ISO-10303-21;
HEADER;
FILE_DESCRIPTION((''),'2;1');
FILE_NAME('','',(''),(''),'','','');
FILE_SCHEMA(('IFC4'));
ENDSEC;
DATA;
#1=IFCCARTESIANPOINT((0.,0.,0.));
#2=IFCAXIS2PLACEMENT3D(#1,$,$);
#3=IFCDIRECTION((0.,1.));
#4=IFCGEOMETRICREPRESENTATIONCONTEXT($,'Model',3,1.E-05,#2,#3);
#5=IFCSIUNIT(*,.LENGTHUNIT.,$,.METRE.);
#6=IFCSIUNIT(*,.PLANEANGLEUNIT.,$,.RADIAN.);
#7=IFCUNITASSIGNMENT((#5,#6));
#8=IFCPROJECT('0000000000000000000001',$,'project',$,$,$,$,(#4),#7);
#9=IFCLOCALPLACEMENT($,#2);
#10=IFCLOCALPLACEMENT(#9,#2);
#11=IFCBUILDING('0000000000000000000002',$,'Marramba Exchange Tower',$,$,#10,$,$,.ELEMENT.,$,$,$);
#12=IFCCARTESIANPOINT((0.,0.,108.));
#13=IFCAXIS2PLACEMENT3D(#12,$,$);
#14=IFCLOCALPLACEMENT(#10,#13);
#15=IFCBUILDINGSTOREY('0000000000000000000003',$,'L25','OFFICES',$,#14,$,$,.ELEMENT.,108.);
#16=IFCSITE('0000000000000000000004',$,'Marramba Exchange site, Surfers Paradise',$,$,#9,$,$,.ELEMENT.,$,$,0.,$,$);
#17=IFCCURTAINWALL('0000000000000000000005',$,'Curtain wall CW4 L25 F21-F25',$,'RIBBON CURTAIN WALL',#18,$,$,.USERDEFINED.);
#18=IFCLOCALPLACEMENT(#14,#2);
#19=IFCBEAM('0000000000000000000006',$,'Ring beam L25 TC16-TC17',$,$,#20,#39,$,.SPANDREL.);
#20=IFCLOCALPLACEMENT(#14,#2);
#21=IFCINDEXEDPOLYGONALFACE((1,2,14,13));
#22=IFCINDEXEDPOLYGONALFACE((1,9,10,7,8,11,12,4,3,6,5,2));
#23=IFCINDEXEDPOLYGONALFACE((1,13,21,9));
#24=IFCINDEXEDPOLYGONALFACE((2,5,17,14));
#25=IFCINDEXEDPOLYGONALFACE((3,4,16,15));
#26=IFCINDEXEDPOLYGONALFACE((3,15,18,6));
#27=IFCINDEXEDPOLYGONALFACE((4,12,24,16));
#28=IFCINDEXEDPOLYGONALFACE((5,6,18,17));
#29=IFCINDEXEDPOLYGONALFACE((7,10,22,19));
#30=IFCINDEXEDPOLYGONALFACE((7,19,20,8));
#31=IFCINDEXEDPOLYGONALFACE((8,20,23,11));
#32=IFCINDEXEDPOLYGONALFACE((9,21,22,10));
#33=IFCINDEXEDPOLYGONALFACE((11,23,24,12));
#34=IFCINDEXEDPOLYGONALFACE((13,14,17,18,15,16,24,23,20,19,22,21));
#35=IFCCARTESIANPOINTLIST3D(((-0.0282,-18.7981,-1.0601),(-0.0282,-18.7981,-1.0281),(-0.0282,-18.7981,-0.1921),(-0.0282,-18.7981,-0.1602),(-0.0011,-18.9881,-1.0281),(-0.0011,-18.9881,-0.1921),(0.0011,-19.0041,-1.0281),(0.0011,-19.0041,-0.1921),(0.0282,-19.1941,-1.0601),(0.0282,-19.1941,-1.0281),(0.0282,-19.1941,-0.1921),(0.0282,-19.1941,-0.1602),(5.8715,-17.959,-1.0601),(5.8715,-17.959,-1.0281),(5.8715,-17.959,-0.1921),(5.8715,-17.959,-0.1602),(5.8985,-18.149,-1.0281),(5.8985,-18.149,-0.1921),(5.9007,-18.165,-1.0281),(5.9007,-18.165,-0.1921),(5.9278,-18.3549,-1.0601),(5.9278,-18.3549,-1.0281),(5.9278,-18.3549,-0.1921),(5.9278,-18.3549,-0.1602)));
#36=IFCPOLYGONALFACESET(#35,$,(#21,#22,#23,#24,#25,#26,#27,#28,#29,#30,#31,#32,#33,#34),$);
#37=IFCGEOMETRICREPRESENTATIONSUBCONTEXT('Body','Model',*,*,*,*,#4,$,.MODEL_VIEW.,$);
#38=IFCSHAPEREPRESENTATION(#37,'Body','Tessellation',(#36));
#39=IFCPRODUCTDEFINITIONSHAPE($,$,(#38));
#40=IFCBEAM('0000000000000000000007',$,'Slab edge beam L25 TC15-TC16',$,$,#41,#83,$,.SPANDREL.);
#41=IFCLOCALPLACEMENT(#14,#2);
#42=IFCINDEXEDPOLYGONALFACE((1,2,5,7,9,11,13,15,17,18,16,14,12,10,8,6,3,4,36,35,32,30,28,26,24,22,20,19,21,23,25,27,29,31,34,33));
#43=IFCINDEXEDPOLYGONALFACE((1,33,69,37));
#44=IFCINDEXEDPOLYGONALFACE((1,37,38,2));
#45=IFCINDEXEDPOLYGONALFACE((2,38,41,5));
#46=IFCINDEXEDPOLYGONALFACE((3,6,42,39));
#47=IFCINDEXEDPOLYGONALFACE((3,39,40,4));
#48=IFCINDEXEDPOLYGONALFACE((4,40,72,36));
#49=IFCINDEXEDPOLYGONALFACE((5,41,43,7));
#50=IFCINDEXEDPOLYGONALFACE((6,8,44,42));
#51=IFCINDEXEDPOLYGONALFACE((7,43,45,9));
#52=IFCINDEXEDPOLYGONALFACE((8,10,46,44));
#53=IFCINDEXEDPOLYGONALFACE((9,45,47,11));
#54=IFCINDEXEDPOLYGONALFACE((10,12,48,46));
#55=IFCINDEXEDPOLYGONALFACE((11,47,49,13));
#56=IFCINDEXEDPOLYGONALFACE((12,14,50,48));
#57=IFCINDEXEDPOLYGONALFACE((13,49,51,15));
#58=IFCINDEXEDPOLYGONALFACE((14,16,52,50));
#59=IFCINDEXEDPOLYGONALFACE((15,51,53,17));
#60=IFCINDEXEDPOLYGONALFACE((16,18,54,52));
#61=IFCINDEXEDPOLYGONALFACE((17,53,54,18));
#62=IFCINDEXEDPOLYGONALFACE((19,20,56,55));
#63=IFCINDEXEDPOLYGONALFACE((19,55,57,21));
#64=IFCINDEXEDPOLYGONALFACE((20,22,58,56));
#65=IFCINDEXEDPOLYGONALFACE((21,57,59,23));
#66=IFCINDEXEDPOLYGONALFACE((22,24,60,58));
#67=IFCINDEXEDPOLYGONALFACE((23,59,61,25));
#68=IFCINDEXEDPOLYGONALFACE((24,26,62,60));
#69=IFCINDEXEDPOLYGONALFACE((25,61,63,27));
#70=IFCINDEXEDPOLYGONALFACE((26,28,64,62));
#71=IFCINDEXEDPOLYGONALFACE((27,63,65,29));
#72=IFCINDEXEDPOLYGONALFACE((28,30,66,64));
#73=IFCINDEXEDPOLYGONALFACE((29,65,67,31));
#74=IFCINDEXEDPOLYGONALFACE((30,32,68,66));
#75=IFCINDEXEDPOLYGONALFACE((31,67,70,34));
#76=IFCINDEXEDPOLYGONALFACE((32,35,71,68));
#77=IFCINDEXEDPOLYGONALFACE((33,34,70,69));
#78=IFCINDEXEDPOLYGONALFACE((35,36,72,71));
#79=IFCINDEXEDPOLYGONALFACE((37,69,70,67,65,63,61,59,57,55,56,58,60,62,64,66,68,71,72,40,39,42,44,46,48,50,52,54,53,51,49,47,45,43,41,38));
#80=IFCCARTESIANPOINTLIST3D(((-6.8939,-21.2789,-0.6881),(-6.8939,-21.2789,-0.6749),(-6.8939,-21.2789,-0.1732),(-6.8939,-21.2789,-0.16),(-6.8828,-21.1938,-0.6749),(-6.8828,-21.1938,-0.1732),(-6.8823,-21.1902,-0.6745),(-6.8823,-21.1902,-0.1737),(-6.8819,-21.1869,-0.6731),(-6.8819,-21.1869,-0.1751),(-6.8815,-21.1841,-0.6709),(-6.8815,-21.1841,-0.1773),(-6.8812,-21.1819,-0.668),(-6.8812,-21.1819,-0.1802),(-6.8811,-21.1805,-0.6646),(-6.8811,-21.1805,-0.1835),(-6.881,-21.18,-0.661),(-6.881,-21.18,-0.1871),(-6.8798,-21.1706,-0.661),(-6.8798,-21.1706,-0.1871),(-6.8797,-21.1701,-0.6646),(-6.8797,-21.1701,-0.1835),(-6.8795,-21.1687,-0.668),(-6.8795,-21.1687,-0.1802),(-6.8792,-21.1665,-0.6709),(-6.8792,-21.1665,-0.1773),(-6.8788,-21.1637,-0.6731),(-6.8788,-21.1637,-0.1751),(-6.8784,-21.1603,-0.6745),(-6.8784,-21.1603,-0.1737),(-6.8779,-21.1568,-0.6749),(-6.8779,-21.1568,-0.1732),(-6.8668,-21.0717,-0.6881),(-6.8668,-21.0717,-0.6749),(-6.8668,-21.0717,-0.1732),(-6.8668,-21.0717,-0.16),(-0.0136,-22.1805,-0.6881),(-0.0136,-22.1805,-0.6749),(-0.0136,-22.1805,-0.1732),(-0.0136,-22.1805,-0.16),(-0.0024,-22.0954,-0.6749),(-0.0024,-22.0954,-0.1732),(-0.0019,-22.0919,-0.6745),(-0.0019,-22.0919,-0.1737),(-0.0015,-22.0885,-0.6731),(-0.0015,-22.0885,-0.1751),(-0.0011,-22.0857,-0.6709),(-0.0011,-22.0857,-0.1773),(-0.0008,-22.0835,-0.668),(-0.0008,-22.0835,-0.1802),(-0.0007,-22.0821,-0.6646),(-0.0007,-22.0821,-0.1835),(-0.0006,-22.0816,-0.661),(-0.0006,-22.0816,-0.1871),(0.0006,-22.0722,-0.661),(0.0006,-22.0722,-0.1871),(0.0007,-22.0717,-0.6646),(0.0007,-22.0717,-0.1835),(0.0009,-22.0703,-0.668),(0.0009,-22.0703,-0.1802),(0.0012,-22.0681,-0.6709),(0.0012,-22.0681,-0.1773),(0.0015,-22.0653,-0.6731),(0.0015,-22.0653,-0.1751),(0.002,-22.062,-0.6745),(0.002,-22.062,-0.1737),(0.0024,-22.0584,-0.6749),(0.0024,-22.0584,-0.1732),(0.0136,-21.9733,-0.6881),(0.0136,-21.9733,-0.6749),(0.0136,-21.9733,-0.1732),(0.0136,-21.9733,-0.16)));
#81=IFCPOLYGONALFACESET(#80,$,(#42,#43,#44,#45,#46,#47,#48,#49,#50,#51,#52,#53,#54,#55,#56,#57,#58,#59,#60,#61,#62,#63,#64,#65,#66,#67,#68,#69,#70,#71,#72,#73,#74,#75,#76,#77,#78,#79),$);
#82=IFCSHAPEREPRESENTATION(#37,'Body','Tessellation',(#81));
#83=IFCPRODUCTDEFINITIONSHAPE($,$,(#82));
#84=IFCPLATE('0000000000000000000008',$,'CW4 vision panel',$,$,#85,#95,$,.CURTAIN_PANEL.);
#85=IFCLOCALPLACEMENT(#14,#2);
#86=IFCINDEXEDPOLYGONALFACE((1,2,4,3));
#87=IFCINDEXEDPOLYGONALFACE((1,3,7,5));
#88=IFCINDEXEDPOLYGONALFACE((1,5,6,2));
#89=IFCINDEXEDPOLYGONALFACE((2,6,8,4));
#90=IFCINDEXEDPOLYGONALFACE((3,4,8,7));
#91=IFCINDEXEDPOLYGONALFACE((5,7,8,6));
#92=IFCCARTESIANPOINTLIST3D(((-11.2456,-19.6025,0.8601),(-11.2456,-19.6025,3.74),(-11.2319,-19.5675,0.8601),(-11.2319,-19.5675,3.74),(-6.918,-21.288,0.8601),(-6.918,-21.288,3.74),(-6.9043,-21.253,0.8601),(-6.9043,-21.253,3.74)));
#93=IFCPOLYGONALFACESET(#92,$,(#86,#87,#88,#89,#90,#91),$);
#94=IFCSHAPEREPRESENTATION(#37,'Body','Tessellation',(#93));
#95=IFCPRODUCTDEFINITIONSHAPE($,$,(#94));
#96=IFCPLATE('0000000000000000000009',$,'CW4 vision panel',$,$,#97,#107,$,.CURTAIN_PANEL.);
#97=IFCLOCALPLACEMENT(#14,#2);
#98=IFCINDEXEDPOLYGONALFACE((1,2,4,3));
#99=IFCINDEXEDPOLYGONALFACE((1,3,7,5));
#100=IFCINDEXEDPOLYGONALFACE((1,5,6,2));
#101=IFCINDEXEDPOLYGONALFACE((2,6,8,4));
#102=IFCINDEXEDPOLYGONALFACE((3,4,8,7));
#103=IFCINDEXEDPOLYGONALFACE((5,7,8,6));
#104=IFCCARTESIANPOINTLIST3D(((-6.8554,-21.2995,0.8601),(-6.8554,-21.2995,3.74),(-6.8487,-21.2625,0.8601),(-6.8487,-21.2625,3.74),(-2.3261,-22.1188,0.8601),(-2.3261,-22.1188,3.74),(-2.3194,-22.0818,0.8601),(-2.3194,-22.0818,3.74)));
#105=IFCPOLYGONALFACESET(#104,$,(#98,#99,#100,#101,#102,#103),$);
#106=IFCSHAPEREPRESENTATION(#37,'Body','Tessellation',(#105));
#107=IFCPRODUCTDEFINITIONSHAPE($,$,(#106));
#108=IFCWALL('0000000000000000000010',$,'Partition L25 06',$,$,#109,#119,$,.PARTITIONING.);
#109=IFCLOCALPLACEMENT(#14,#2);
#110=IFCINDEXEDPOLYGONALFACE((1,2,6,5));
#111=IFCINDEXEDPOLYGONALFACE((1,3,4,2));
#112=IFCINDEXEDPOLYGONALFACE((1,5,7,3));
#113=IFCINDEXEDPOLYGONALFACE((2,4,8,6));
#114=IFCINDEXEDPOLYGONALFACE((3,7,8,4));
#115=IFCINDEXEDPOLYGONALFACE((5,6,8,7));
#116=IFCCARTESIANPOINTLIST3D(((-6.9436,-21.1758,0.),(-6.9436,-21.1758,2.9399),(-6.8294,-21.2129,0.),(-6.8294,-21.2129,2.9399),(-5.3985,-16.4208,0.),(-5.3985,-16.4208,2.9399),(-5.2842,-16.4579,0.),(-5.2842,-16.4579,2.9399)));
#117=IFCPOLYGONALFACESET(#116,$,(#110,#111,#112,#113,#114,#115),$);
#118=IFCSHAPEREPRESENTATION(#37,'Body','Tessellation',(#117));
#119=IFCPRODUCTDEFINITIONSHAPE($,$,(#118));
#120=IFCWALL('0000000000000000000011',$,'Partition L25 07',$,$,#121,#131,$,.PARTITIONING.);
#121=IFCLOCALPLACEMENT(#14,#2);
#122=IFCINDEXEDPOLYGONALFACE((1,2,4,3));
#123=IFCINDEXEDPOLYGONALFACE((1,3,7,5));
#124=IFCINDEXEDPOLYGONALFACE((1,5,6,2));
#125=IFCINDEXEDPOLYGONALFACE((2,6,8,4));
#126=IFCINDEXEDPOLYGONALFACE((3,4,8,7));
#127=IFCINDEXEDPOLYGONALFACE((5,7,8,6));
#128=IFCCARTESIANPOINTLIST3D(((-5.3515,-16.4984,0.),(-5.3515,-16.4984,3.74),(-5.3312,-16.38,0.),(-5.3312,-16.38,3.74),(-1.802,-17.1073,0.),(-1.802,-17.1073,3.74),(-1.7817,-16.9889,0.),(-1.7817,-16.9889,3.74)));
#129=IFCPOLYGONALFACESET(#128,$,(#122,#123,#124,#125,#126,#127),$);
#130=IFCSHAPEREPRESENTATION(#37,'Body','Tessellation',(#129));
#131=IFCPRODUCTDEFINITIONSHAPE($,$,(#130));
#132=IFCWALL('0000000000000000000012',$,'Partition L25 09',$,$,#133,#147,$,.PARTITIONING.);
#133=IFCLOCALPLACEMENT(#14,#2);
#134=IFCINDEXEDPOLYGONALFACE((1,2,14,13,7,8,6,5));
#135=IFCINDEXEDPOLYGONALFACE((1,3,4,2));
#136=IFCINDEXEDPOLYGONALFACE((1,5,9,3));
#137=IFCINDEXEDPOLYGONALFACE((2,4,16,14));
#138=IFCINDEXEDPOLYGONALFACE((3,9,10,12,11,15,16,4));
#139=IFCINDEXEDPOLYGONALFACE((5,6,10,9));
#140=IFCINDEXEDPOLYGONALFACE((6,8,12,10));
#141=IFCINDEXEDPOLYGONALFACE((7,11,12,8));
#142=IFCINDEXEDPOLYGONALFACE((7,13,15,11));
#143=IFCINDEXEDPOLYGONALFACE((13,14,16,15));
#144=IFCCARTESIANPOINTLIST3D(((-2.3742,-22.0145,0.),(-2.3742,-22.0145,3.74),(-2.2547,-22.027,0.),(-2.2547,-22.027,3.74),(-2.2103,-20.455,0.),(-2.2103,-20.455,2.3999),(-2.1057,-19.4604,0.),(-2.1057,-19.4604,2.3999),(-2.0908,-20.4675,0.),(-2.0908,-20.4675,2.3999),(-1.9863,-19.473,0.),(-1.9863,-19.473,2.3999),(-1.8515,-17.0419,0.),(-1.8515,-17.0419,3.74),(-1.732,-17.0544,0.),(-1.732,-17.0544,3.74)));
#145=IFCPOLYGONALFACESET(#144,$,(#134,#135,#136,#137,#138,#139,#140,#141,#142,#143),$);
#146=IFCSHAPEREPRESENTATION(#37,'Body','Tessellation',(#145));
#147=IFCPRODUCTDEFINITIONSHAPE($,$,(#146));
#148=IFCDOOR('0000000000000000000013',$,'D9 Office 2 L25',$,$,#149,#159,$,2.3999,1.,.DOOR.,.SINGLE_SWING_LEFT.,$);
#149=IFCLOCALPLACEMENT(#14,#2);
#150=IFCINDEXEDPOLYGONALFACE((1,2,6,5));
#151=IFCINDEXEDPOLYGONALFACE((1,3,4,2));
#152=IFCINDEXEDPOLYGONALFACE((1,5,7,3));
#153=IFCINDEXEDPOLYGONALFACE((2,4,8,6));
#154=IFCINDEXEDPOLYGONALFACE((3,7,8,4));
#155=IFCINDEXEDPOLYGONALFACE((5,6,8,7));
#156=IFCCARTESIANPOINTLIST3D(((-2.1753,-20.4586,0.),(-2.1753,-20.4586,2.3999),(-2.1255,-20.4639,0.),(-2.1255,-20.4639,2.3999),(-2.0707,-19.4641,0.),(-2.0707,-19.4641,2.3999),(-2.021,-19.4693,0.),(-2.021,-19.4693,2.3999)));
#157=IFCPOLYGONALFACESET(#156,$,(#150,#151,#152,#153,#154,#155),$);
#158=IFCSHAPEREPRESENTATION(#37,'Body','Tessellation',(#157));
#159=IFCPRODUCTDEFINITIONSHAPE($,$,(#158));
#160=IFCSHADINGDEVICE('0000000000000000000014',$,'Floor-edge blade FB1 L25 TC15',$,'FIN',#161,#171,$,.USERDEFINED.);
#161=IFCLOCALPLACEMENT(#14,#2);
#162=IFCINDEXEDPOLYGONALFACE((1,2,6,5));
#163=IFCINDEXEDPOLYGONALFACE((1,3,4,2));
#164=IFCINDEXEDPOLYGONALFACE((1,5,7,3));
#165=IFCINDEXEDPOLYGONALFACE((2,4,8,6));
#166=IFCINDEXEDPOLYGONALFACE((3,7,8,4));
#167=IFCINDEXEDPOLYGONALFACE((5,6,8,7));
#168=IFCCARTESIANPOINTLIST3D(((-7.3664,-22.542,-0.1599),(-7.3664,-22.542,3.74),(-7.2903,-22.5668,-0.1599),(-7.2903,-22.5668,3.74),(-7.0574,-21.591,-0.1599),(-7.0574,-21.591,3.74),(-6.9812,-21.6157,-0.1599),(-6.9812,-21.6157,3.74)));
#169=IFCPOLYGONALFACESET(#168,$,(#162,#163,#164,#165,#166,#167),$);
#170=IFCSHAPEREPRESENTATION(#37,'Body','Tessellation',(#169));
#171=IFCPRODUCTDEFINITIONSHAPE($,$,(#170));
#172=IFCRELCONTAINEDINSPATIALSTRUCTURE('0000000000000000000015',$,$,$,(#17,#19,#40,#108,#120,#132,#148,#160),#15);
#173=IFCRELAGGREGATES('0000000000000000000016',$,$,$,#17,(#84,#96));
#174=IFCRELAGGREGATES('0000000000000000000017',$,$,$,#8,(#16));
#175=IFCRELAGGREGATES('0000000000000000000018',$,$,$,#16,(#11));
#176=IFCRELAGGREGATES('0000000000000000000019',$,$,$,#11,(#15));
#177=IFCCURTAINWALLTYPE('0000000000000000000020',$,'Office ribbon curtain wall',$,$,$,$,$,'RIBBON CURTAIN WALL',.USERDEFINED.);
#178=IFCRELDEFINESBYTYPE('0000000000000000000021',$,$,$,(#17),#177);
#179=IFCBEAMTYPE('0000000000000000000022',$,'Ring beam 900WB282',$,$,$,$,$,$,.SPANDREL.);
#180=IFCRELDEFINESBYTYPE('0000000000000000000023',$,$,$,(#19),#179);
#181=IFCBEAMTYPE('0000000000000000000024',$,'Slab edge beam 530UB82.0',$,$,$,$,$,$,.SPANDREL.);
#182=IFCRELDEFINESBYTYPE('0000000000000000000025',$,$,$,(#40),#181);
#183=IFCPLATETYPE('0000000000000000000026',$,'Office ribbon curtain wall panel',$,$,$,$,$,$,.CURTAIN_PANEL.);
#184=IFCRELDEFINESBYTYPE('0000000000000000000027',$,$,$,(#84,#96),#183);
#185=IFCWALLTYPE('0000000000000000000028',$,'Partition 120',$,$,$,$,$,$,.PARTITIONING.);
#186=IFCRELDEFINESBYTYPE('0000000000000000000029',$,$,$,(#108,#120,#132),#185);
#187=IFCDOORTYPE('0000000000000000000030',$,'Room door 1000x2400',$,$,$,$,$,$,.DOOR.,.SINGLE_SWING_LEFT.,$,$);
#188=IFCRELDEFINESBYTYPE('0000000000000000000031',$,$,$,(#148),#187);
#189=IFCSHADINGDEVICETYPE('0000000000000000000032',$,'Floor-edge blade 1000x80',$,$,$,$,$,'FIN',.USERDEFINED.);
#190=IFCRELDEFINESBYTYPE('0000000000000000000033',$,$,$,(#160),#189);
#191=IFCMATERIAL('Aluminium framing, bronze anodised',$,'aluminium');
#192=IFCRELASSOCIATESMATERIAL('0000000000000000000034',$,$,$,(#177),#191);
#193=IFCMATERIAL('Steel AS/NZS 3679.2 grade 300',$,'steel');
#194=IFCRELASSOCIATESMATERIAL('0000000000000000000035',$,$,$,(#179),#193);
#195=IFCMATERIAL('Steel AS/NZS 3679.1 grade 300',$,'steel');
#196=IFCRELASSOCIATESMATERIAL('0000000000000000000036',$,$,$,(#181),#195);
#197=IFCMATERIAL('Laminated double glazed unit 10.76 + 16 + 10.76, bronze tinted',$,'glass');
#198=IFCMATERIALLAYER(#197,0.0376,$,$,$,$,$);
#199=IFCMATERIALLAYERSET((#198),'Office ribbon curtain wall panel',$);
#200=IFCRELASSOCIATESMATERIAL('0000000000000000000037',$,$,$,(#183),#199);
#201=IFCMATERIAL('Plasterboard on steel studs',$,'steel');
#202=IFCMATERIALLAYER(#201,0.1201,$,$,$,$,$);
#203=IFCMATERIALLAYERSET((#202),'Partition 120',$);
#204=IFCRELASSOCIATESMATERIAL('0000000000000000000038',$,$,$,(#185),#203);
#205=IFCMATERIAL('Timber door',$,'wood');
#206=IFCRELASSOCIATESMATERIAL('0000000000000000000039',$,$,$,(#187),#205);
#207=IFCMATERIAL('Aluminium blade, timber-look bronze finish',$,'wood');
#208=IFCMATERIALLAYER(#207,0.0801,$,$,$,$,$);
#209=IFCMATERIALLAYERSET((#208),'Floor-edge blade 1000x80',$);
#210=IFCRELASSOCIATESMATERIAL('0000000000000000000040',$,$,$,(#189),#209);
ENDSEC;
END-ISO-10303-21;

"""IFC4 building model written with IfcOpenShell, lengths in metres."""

from ifc_helpers import new_model, si_unit, direction, frame, frame_2d, origin, origin_2d, place, context, subcontext, project, spatial, rectangle, i_section, extrude, material, layer, layer_set, material_profile, profile_set, type_object, element, fill, aggregate, save


model = new_model("IFC4")

# Units and contexts
model_context = context("Model", 3, precision=1e-05, world=origin(), true_north=direction((0.0, 1.0)))
body_context = subcontext(model_context, "Body", "Model", "MODEL_VIEW")
ifc_project = project(units=[si_unit("LENGTHUNIT", "METRE"), si_unit("PLANEANGLEUNIT", "RADIAN")], contexts=[model_context])

# Site, building, storey
site_placement = place(None, origin())
site = spatial("IfcSite", under=ifc_project, at=site_placement, Name="Marramba Exchange site, Surfers Paradise", CompositionType="ELEMENT", RefElevation=0.0)
building_placement = place(site_placement, origin())
building = spatial("IfcBuilding", under=site, at=building_placement, Name="Marramba Exchange Tower", CompositionType="ELEMENT")
storey_placement = place(building_placement, frame((0.0, 0.0, 108.0)))
storey = spatial("IfcBuildingStorey", under=building, at=storey_placement, Name="L25", Description="OFFICES", CompositionType="ELEMENT", Elevation=108.0)

# Shared definitions
ifc_material_1 = material(Name="Steel AS/NZS 3679.2 grade 300", Category="steel")

# Curtain wall
ifc_material_2 = material(Name="Aluminium framing, bronze anodised", Category="aluminium")
curtain_wall_type = type_object("IfcCurtainWallType", Name="Office ribbon curtain wall", ElementType="RIBBON CURTAIN WALL", PredefinedType="USERDEFINED", material=ifc_material_2)
curtain_wall_placement = place(storey_placement, origin())
curtain_wall = element("IfcCurtainWall", 1, at=curtain_wall_placement, inside=storey, type_object=curtain_wall_type, Name="Curtain wall CW4 L25 F21-F25", ObjectType="RIBBON CURTAIN WALL", PredefinedType="USERDEFINED")

# Beams
ifc_material_profile_1 = material_profile(ifc_material_1, i_section(OverallWidth=0.3999, OverallDepth=0.8999, WebThickness=0.0161, FlangeThickness=0.032, at=origin_2d()), Name="900WB282")
ifc_profile_set_1 = profile_set([ifc_material_profile_1], Name="Steel AS/NZS 3679.2 grade 300")
beam_type_1 = type_object("IfcBeamType", Name="Ring beam 900WB282", PredefinedType="SPANDREL", material=ifc_profile_set_1)
for number, where, z_axis, x_axis, name in (
    (2, (0.0, -18.9961, -0.6101), (0.990036, 0.140813, 0.0), (-0.140813, 0.990036, 0.0), "Ring beam L25 TC16-TC17"),
):
    element("IfcBeam", number, at=place(storey_placement, frame(where, z_axis=z_axis, x_axis=x_axis)), inside=storey, type_object=beam_type_1, Name=name, PredefinedType="SPANDREL", context=body_context, shape_type="SweptSolid", body=[
        extrude(i_section(OverallWidth=0.3999, OverallDepth=0.8999, WebThickness=0.0161, FlangeThickness=0.032, at=origin_2d()), origin(), (0.0, 0.0, 1.0), 5.959),
    ])
ifc_material_3 = material(Name="Steel AS/NZS 3679.1 grade 300", Category="steel")
ifc_material_profile_2 = material_profile(ifc_material_3, i_section(OverallWidth=0.209, OverallDepth=0.5281, WebThickness=0.0095, FlangeThickness=0.0132, FilletRadius=0.0139, at=origin_2d()), Name="530UB82.0")
ifc_profile_set_2 = profile_set([ifc_material_profile_2], Name="Steel AS/NZS 3679.1 grade 300")
beam_type_2 = type_object("IfcBeamType", Name="Slab edge beam 530UB82.0", PredefinedType="SPANDREL", material=ifc_profile_set_2)
beam_1_placement = place(storey_placement, frame((-6.8804, -21.1753, -0.4241), z_axis=(0.991523, -0.12993, 0.0), x_axis=(0.12993, 0.991523, 0.0)))
element("IfcBeam", 3, at=beam_1_placement, inside=storey, type_object=beam_type_2, Name="Slab edge beam L25 TC15-TC16", PredefinedType="SPANDREL", context=body_context, shape_type="SweptSolid", body=[
    extrude(i_section(OverallWidth=0.209, OverallDepth=0.5281, WebThickness=0.0095, FlangeThickness=0.0132, FilletRadius=0.0139, at=origin_2d()), origin(), (0.0, 0.0, 1.0), 6.9392),
])

# Plates
ifc_material_4 = material(Name="Laminated double glazed unit 10.76 + 16 + 10.76, bronze tinted", Category="glass")
ifc_layer_1 = layer(ifc_material_4, 0.0376)
ifc_layer_set_1 = layer_set([ifc_layer_1], Name="Office ribbon curtain wall panel")
plate_type = type_object("IfcPlateType", Name="Office ribbon curtain wall panel", PredefinedType="CURTAIN_PANEL", material=ifc_layer_set_1)
plate_1_placement = place(storey_placement, frame((-9.075, -20.4277, 0.8601), z_axis=(0.0, 0.0, 1.0), x_axis=(0.931818, -0.362925, 0.0)))
plate_1 = element("IfcPlate", 4, at=plate_1_placement, type_object=plate_type, Name="CW4 vision panel", PredefinedType="CURTAIN_PANEL", context=body_context, shape_type="SweptSolid", body=[
    extrude(rectangle(XDim=4.6443, YDim=0.0376, at=origin_2d()), origin(), (0.0, 0.0, 1.0), 2.8799),
])
plate_2_placement = place(storey_placement, frame((-4.5874, -21.6907, 0.8601), z_axis=(0.0, 0.0, 1.0), x_axis=(0.984032, -0.177992, 0.0)))
plate_2 = element("IfcPlate", 5, at=plate_2_placement, type_object=plate_type, Name="CW4 vision panel", PredefinedType="CURTAIN_PANEL", context=body_context, shape_type="SweptSolid", body=[
    extrude(rectangle(XDim=4.6028, YDim=0.0376, at=origin_2d()), origin(), (0.0, 0.0, 1.0), 2.8799),
])
aggregate(curtain_wall, [plate_1, plate_2])

# Walls
ifc_material_5 = material(Name="Plasterboard on steel studs", Category="steel")
ifc_layer_2 = layer(ifc_material_5, 0.1201)
ifc_layer_set_2 = layer_set([ifc_layer_2], Name="Partition 120")
wall_type = type_object("IfcWallType", Name="Partition 120", PredefinedType="PARTITIONING", material=ifc_layer_set_2)
wall_1_placement = place(storey_placement, frame((-5.3413, -16.4392, 0.0), z_axis=(0.0, 0.0, 1.0), x_axis=(-0.309041, -0.951049, 0.0)))
element("IfcWall", 6, at=wall_1_placement, inside=storey, type_object=wall_type, Name="Partition L25 06", PredefinedType="PARTITIONING", context=body_context, shape_type="SweptSolid", body=[
    extrude(rectangle(XDim=4.9998, YDim=0.1201, at=frame_2d((2.5, 0.0))), origin(), (0.0, 0.0, 1.0), 2.9399),
])
wall_2_placement = place(storey_placement, frame((-1.7917, -17.0481, 0.0), z_axis=(0.0, 0.0, 1.0), x_axis=(-0.985604, 0.169069, 0.0)))
element("IfcWall", 7, at=wall_2_placement, inside=storey, type_object=wall_type, Name="Partition L25 07", PredefinedType="PARTITIONING", context=body_context, shape_type="SweptSolid", body=[
    extrude(rectangle(XDim=3.6013, YDim=0.1201, at=frame_2d((1.8008, 0.0))), origin(), (0.0, 0.0, 1.0), 3.74),
])

# Wall, opening, door
wall_3_placement = place(storey_placement, frame((-2.3145, -22.0208, 0.0), z_axis=(0.0, 0.0, 1.0), x_axis=(0.10454, 0.994521, 0.0)))
wall_3 = element("IfcWall", 8, at=wall_3_placement, inside=storey, type_object=wall_type, Name="Partition L25 09", PredefinedType="PARTITIONING", context=body_context, shape_type="SweptSolid", body=[
    extrude(rectangle(XDim=5.0, YDim=0.1201, at=frame_2d((2.5, 0.0))), origin(), (0.0, 0.0, 1.0), 3.74),
])
opening_placement = place(wall_3_placement, frame((1.5681, 0.0, 0.0)))
opening = element("IfcOpeningElement", 9, at=opening_placement, cuts=wall_3, PredefinedType="OPENING", context=body_context, shape_type="SweptSolid", body=[
    extrude(rectangle(XDim=1.0, YDim=2.3999, at=frame_2d((0.5, 1.2))), frame((0.0, 0.0701, 0.0), z_axis=(0.0, -1.0, 0.0), x_axis=(1.0, 0.0, 0.0)), (0.0, 0.0, 1.0), 0.1401),
])
ifc_material_6 = material(Name="Timber door", Category="wood")
door_type = type_object("IfcDoorType", Name="Room door 1000x2400", OperationType="SINGLE_SWING_LEFT", PredefinedType="DOOR", material=ifc_material_6)
door_placement = place(opening_placement, origin())
door = element("IfcDoor", 10, at=door_placement, inside=storey, type_object=door_type, Name="D9 Office 2 L25", OperationType="SINGLE_SWING_LEFT", OverallHeight=2.3999, OverallWidth=1.0, PredefinedType="DOOR", context=body_context, shape_type="SweptSolid", body=[
    extrude(rectangle(XDim=1.0, YDim=2.3999, at=frame_2d((0.5, 1.2))), frame((0.0, 0.0249, 0.0), z_axis=(0.0, -1.0, 0.0), x_axis=(1.0, 0.0, 0.0)), (0.0, 0.0, 1.0), 0.05),
])
fill(opening, door)

# Shading device
ifc_material_7 = material(Name="Aluminium blade, timber-look bronze finish", Category="wood")
ifc_layer_3 = layer(ifc_material_7, 0.0801)
ifc_layer_set_3 = layer_set([ifc_layer_3], Name="Floor-edge blade 1000x80")
shading_device_type_1 = type_object("IfcShadingDeviceType", Name="Floor-edge blade 1000x80", ElementType="FIN", PredefinedType="USERDEFINED", material=ifc_layer_set_3)
shading_device_1_placement = place(storey_placement, frame((-7.1738, -22.0789, -0.1599), z_axis=(0.0, 0.0, 1.0), x_axis=(-0.309017, -0.951057, 0.0)))
element("IfcShadingDevice", 11, at=shading_device_1_placement, inside=storey, type_object=shading_device_type_1, Name="Floor-edge blade FB1 L25 TC15", ObjectType="FIN", PredefinedType="USERDEFINED", context=body_context, shape_type="SweptSolid", body=[
    extrude(rectangle(XDim=1.0, YDim=0.0801, at=origin_2d()), origin(), (0.0, 0.0, 1.0), 3.8999),
])

save(model, "model.ifc")
